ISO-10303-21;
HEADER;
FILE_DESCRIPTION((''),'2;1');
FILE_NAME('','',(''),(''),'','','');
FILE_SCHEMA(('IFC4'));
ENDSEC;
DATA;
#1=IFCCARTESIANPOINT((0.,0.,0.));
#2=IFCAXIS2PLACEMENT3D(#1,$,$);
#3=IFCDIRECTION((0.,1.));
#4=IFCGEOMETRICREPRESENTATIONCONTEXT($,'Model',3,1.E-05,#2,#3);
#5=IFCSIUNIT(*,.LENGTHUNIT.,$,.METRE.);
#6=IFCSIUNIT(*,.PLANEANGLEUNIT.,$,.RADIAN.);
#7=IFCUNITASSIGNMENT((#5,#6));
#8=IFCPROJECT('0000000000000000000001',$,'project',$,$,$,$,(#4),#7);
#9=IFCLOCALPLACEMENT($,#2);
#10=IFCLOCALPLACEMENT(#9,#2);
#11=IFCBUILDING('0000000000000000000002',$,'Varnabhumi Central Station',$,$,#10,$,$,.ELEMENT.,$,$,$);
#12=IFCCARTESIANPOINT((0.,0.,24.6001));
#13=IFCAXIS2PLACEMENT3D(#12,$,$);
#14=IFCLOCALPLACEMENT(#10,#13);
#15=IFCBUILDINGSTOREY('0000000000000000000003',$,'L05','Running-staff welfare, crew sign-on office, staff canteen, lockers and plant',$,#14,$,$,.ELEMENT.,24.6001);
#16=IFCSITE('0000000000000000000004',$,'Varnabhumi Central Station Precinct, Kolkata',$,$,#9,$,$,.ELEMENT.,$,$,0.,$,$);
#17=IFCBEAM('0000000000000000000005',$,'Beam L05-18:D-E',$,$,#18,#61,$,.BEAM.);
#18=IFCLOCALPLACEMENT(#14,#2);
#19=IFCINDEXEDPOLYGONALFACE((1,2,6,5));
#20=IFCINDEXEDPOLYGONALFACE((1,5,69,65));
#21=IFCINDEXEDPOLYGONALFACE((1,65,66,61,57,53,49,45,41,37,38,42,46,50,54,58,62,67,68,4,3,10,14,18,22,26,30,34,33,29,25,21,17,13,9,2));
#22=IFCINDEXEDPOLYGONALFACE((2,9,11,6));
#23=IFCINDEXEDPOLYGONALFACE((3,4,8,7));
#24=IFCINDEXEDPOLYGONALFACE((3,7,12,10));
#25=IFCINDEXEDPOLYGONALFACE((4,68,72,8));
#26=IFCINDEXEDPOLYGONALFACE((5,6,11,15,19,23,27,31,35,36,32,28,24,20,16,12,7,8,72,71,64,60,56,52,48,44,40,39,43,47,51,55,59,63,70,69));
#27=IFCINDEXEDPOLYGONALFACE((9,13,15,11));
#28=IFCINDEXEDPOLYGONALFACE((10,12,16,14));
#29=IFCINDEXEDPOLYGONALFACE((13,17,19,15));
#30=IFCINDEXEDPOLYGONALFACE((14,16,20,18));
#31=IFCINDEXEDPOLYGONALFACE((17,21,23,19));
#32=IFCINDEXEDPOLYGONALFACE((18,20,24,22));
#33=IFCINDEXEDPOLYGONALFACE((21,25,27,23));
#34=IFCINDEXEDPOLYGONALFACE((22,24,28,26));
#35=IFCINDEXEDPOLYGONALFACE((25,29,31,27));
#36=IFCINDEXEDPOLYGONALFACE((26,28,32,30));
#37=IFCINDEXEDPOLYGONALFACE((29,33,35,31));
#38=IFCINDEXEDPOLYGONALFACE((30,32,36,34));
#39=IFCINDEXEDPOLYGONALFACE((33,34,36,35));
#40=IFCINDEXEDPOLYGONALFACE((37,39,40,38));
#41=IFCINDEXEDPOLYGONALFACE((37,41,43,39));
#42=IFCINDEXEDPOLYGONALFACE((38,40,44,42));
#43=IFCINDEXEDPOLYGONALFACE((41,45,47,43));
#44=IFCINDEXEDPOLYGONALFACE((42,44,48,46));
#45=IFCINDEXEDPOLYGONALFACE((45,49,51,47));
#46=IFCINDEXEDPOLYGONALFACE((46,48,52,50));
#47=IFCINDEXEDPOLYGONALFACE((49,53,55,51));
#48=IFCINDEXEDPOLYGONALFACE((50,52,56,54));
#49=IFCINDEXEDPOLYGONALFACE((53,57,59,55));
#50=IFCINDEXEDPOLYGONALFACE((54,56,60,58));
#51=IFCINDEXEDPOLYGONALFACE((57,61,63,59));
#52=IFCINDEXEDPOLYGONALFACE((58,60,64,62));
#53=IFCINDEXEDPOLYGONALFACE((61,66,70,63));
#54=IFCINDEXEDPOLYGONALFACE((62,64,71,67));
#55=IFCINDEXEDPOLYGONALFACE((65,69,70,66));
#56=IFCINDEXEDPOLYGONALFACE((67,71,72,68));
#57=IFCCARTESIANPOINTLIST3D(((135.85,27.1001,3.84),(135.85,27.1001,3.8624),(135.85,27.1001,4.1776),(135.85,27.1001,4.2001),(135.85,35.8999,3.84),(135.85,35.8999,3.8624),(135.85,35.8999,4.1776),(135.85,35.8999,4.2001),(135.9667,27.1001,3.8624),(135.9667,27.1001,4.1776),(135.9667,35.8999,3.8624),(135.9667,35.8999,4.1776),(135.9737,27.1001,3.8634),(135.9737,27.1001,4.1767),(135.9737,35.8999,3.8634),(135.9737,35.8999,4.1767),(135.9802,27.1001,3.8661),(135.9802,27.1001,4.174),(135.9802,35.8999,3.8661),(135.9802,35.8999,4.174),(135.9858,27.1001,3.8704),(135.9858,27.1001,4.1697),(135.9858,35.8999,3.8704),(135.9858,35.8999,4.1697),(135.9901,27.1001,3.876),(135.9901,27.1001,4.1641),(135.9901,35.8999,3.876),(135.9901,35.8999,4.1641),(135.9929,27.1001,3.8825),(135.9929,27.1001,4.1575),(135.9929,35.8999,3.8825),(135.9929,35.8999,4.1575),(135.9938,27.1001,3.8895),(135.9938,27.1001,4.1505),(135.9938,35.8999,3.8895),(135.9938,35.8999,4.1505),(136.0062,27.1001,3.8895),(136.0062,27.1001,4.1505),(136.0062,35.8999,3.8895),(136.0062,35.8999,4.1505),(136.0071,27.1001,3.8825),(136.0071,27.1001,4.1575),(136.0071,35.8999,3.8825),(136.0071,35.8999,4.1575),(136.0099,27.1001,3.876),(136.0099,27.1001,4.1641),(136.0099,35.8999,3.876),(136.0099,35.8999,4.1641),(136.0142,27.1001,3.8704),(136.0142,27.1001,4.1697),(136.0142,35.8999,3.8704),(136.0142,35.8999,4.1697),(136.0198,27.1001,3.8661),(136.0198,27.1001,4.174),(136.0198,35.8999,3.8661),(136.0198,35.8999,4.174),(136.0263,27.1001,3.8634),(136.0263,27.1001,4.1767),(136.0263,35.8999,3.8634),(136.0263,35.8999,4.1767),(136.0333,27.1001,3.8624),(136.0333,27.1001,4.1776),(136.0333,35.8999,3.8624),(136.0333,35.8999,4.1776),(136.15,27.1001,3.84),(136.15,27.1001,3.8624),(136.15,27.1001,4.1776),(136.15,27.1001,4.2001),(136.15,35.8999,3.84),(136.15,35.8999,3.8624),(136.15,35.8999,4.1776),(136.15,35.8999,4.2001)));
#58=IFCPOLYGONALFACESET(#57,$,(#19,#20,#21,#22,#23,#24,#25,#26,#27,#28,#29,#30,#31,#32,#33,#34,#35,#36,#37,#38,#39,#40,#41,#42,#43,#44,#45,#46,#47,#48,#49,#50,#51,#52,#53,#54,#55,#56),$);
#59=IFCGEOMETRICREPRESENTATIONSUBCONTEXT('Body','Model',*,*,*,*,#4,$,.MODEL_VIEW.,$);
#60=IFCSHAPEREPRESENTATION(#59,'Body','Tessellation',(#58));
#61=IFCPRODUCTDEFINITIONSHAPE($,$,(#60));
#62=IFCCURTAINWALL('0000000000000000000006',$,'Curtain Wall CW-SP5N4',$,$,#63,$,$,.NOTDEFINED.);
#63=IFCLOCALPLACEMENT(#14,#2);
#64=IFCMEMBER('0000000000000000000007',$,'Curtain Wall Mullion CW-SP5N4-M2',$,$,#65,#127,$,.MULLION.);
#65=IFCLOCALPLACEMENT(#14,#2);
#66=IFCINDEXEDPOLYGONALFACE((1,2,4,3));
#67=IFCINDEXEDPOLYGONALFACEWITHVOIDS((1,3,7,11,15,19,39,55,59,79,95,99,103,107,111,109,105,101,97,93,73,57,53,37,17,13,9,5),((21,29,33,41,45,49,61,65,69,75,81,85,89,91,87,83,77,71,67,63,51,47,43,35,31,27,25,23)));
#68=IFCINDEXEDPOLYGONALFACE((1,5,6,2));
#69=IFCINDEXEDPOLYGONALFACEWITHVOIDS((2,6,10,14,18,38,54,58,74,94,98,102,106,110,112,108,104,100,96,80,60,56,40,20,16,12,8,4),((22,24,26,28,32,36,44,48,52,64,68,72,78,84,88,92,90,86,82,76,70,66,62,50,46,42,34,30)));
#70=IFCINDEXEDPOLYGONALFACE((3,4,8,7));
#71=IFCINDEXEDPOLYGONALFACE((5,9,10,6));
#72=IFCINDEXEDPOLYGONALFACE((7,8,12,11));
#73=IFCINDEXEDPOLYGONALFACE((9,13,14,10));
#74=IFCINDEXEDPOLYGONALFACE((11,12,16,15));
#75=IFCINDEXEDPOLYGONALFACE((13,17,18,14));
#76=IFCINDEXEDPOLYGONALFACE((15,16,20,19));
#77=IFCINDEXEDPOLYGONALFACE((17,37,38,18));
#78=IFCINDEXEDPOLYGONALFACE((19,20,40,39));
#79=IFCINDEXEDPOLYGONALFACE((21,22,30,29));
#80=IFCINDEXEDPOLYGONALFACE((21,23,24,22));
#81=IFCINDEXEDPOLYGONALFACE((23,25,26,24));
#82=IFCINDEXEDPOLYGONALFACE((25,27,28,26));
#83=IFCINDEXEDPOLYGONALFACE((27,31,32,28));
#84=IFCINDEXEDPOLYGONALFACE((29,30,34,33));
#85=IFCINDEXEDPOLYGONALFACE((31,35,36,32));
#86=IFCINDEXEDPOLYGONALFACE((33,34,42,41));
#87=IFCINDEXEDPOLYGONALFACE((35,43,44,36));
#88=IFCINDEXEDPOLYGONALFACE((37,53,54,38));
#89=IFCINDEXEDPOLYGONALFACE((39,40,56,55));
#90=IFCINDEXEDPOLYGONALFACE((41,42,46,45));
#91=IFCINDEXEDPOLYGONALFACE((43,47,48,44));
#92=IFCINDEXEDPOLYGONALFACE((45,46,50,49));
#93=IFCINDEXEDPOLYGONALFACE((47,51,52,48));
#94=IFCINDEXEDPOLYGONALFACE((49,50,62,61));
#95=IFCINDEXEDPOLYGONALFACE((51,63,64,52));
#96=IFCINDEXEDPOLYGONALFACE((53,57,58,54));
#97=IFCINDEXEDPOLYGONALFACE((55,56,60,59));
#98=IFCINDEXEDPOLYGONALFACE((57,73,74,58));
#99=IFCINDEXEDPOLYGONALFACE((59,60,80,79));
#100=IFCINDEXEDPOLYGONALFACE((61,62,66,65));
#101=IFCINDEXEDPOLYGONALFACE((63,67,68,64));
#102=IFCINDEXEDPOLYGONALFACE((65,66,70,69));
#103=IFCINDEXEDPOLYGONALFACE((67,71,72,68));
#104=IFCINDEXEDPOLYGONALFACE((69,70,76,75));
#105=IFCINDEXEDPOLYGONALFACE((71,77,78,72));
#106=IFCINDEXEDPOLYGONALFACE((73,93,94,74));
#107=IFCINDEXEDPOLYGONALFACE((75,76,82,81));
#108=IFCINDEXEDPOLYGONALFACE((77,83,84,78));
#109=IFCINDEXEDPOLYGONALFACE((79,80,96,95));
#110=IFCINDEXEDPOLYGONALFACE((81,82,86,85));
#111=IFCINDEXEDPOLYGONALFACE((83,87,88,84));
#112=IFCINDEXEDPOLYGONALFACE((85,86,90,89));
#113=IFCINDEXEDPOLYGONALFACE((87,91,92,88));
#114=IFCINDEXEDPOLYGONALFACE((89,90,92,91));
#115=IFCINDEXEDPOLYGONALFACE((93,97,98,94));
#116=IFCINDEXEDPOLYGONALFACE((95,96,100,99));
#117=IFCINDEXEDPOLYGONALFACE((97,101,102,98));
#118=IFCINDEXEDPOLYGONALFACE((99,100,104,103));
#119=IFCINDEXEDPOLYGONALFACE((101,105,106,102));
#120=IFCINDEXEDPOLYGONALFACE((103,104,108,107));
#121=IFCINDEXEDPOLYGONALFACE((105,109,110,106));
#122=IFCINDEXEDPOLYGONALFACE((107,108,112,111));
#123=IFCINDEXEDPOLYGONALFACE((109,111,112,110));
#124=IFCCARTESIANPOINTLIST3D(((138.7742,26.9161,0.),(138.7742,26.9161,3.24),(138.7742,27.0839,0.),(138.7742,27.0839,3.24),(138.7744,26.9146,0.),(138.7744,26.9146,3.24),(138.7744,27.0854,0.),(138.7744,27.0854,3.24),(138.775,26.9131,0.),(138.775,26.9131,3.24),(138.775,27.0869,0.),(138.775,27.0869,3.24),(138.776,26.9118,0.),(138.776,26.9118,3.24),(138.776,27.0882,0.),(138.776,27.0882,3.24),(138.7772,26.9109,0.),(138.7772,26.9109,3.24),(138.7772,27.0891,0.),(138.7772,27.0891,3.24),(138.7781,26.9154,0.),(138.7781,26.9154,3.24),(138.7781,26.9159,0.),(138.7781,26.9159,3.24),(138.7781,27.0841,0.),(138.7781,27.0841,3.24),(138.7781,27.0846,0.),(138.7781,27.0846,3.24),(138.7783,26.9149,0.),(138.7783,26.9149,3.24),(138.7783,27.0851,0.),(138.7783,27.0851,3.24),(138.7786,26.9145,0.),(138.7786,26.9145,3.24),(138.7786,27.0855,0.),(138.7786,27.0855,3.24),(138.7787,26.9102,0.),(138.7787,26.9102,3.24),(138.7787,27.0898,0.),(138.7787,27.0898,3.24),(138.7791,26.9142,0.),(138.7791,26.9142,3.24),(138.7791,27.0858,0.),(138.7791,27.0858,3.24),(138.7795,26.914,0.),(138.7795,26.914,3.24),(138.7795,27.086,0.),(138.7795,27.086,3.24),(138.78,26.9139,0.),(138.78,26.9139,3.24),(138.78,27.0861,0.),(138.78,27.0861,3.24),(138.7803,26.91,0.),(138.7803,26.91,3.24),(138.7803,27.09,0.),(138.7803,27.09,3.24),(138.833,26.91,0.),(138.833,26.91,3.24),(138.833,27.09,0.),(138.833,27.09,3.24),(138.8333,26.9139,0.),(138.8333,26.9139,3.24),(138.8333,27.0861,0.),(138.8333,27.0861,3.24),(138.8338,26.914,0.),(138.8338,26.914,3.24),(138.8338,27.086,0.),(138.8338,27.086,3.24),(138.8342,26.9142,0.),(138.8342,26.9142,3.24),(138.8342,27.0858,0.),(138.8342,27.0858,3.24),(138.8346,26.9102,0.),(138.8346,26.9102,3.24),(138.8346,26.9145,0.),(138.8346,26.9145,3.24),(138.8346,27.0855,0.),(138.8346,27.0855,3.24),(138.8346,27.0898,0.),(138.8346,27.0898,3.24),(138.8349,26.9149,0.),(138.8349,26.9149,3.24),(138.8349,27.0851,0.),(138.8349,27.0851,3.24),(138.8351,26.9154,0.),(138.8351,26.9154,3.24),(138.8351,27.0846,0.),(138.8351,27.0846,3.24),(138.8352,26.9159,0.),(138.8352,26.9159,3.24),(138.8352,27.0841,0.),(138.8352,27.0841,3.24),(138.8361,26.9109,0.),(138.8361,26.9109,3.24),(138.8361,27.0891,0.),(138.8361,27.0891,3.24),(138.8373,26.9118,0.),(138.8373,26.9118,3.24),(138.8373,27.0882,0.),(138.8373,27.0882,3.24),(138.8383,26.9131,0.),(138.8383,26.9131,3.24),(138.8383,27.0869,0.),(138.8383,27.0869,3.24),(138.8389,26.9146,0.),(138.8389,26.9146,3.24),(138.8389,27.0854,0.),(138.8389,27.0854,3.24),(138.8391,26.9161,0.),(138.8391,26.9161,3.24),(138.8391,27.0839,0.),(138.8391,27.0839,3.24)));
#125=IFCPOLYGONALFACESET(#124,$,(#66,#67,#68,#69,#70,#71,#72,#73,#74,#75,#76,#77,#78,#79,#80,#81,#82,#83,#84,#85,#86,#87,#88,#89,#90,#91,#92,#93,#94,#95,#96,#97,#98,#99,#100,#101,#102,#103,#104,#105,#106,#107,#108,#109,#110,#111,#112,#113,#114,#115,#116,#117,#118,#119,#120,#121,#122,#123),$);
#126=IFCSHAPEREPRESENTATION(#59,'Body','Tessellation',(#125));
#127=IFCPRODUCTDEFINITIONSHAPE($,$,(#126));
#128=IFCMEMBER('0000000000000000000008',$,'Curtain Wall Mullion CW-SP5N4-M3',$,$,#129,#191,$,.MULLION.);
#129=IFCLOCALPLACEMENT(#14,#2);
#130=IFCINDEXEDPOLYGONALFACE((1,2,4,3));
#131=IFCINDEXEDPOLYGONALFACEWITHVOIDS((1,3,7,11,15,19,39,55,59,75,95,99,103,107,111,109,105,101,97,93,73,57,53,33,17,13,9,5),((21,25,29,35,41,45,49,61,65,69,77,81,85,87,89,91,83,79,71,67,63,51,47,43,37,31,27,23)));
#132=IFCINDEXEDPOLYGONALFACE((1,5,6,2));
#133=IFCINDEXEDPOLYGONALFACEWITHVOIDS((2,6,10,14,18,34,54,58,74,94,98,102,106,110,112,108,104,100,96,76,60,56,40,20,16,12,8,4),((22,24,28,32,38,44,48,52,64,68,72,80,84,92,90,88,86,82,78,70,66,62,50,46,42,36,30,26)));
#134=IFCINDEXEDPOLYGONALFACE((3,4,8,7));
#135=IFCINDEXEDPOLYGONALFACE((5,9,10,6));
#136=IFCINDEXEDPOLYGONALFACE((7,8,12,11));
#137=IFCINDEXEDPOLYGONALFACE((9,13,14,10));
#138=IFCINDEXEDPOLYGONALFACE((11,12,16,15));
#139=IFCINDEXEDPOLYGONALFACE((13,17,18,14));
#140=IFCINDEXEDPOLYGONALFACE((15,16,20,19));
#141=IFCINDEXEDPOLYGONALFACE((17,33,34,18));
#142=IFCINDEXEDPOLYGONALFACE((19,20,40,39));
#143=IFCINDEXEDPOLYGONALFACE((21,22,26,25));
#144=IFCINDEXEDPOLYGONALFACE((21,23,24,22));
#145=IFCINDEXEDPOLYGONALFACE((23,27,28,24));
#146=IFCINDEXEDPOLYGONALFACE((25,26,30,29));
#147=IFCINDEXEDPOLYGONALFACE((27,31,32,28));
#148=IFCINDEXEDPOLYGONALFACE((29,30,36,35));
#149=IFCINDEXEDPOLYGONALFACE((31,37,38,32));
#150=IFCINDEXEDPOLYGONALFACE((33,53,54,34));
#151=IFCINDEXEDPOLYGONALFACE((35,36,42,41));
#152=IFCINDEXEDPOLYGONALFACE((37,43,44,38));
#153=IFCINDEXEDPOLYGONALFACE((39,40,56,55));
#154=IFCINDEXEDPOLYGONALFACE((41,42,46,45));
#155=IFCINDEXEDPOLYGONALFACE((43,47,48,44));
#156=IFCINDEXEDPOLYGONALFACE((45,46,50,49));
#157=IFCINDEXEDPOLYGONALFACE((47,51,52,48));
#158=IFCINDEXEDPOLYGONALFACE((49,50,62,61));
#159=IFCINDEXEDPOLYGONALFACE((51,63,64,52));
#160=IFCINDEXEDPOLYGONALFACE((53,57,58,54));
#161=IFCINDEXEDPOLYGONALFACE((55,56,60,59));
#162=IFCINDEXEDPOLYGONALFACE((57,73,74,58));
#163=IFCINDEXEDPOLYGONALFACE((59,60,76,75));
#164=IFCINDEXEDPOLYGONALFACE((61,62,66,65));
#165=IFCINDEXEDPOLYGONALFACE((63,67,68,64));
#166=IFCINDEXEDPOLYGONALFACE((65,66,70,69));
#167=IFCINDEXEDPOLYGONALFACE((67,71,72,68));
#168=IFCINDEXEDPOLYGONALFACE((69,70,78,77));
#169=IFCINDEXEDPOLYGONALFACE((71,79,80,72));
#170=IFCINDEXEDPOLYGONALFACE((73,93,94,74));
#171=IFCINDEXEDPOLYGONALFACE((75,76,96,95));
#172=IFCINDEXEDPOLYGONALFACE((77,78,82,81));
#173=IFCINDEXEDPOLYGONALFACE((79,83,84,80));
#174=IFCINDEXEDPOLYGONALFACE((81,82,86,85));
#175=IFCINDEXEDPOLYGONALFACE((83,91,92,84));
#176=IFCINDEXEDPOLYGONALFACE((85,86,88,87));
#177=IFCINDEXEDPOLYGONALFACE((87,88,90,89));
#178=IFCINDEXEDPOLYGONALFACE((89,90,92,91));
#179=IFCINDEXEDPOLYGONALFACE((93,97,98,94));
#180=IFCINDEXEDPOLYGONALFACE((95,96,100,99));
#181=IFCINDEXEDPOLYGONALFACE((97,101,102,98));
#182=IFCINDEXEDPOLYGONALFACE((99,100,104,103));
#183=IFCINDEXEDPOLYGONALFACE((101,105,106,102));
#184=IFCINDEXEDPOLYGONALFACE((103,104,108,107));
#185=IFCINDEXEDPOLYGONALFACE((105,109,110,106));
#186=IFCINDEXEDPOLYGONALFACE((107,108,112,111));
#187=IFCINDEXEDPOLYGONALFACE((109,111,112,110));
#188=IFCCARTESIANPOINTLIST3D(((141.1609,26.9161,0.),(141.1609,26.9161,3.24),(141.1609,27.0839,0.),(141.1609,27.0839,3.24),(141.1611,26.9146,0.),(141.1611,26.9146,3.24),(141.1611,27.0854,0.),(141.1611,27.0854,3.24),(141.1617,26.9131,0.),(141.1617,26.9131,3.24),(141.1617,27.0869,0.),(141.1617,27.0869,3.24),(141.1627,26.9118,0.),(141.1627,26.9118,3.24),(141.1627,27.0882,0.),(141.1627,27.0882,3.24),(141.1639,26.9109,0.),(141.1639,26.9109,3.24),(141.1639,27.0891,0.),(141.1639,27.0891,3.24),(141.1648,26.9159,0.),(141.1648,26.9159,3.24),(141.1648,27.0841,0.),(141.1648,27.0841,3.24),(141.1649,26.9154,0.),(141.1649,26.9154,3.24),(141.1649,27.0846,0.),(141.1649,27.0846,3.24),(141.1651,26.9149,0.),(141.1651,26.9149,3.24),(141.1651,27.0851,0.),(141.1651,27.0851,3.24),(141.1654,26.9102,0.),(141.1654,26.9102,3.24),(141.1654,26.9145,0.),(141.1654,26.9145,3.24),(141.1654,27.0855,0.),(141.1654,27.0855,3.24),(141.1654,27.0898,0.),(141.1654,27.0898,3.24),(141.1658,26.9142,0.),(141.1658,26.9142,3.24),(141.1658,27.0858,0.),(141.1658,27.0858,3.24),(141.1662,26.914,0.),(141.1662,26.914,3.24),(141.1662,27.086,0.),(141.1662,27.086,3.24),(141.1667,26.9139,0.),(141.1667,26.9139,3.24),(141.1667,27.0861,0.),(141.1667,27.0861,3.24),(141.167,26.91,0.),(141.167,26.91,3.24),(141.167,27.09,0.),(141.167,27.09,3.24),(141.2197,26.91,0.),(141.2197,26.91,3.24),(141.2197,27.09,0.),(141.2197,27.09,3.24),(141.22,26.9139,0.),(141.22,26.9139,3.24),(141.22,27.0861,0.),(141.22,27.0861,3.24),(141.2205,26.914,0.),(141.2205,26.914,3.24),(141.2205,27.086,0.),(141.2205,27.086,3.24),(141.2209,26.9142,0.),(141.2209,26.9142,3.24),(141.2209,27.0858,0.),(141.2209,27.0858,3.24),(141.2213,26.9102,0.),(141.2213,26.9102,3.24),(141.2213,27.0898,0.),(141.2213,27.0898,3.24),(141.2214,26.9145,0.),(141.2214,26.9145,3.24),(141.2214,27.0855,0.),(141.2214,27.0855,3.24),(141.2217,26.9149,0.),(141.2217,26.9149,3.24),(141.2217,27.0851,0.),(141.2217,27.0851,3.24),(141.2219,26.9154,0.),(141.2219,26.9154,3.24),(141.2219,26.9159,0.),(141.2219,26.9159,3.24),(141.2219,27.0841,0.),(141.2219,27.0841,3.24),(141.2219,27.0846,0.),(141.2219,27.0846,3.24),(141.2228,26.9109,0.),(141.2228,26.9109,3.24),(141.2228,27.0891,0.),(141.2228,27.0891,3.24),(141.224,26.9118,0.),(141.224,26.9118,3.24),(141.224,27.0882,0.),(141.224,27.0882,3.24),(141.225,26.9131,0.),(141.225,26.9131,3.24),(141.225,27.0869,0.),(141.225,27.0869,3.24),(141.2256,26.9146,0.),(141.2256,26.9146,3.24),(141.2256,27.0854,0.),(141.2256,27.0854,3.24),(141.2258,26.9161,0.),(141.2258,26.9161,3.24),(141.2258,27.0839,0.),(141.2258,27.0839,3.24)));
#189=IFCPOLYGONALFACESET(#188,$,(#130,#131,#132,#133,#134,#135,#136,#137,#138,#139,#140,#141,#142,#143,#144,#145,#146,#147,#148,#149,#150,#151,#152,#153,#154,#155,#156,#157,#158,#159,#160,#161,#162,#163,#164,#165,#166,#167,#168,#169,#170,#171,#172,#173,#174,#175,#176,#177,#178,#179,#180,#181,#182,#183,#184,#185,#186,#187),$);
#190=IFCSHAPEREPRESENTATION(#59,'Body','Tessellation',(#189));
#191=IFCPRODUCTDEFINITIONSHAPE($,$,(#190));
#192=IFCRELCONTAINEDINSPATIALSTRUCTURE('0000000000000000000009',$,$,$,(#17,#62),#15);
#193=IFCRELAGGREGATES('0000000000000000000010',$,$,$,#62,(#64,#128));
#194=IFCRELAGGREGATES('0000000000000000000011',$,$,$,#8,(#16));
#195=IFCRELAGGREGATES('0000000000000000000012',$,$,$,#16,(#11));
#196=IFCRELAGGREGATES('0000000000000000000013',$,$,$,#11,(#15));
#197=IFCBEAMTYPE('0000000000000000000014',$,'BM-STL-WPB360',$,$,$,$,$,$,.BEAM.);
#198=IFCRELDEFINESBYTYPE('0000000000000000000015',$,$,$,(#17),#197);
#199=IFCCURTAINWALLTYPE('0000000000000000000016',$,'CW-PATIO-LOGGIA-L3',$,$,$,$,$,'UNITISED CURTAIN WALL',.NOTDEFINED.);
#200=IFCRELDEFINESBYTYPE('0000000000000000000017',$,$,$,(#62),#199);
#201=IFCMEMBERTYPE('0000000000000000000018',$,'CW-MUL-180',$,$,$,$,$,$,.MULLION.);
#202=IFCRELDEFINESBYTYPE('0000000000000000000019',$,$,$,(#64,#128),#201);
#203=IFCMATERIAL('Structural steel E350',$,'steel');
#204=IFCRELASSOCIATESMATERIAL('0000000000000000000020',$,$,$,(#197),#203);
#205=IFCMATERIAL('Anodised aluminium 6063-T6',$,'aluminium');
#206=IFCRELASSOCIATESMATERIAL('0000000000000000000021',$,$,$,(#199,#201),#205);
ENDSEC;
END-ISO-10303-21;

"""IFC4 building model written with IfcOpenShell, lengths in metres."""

from ifc_helpers import new_model, si_unit, direction, frame, origin, origin_2d, place, context, subcontext, project, spatial, hollow_rectangle, i_section, extrude, material, material_profile, profile_set, type_object, element, aggregate, save


model = new_model("IFC4")

# Units and contexts
model_context = context("Model", 3, precision=1e-05, world=origin(), true_north=direction((0.0, 1.0)))
body_context = subcontext(model_context, "Body", "Model", "MODEL_VIEW")
ifc_project = project(units=[si_unit("LENGTHUNIT", "METRE"), si_unit("PLANEANGLEUNIT", "RADIAN")], contexts=[model_context])

# Site, building, storey
site_placement = place(None, origin())
site = spatial("IfcSite", under=ifc_project, at=site_placement, Name="Varnabhumi Central Station Precinct, Kolkata", CompositionType="ELEMENT", RefElevation=0.0)
building_placement = place(site_placement, origin())
building = spatial("IfcBuilding", under=site, at=building_placement, Name="Varnabhumi Central Station", CompositionType="ELEMENT")
storey_placement = place(building_placement, frame((0.0, 0.0, 24.6001)))
storey = spatial("IfcBuildingStorey", under=building, at=storey_placement, Name="L05", Description="Running-staff welfare, crew sign-on office, staff canteen, lockers and plant", CompositionType="ELEMENT", Elevation=24.6001)

# Beam
ifc_material_1 = material(Name="Structural steel E350", Category="steel")
ifc_material_profile_1 = material_profile(ifc_material_1, i_section(OverallWidth=0.3, OverallDepth=0.3601, WebThickness=0.0125, FlangeThickness=0.0225, FilletRadius=0.0271, at=origin_2d()), Name="Structural steel E350", Category="steel")
ifc_profile_set_1 = profile_set([ifc_material_profile_1], Name="Structural steel E350")
beam_type_1 = type_object("IfcBeamType", Name="BM-STL-WPB360", PredefinedType="BEAM", material=ifc_profile_set_1)
beam_1_placement = place(storey_placement, frame((136.0, 27.1001, 4.02), z_axis=(0.0, 1.0, 0.0), x_axis=(-1.0, 0.0, 0.0)))
element("IfcBeam", 1, at=beam_1_placement, inside=storey, type_object=beam_type_1, Name="Beam L05-18:D-E", PredefinedType="BEAM", context=body_context, shape_type="SweptSolid", body=[
    extrude(i_section(OverallWidth=0.3, OverallDepth=0.3601, WebThickness=0.0125, FlangeThickness=0.0225, FilletRadius=0.0271, at=origin_2d()), origin(), (0.0, 0.0, 1.0), 8.7998),
])

# Curtain wall, members
ifc_material_2 = material(Name="Anodised aluminium 6063-T6", Category="aluminium")
curtain_wall_type = type_object("IfcCurtainWallType", Name="CW-PATIO-LOGGIA-L3", ElementType="UNITISED CURTAIN WALL", PredefinedType="NOTDEFINED", material=ifc_material_2)
curtain_wall_placement = place(storey_placement, origin())
curtain_wall = element("IfcCurtainWall", 2, at=curtain_wall_placement, inside=storey, type_object=curtain_wall_type, Name="Curtain Wall CW-SP5N4", PredefinedType="NOTDEFINED")
ifc_material_profile_2 = material_profile(ifc_material_2, hollow_rectangle(XDim=0.0649, YDim=0.1799, WallThickness=0.0039, InnerFilletRadius=0.002, OuterFilletRadius=0.0061, at=origin_2d()), Name="Anodised aluminium 6063-T6", Category="aluminium")
ifc_profile_set_2 = profile_set([ifc_material_profile_2], Name="Anodised aluminium 6063-T6")
member_type_1 = type_object("IfcMemberType", Name="CW-MUL-180", PredefinedType="MULLION", material=ifc_profile_set_2)
member_1_placement = place(storey_placement, frame((138.8066, 27.0, 0.0), z_axis=(0.0, 0.0, 1.0), x_axis=(1.0, 0.0, 0.0)))
member_1 = element("IfcMember", 3, at=member_1_placement, type_object=member_type_1, Name="Curtain Wall Mullion CW-SP5N4-M2", PredefinedType="MULLION", context=body_context, shape_type="SweptSolid", body=[
    extrude(hollow_rectangle(XDim=0.0649, YDim=0.1799, WallThickness=0.0039, InnerFilletRadius=0.002, OuterFilletRadius=0.0061, at=origin_2d()), origin(), (0.0, 0.0, 1.0), 3.24),
])
member_2_placement = place(storey_placement, frame((141.1934, 27.0, 0.0), z_axis=(0.0, 0.0, 1.0), x_axis=(1.0, 0.0, 0.0)))
member_2 = element("IfcMember", 4, at=member_2_placement, type_object=member_type_1, Name="Curtain Wall Mullion CW-SP5N4-M3", PredefinedType="MULLION", context=body_context, shape_type="SweptSolid", body=[
    extrude(hollow_rectangle(XDim=0.0649, YDim=0.1799, WallThickness=0.0039, InnerFilletRadius=0.002, OuterFilletRadius=0.0061, at=origin_2d()), origin(), (0.0, 0.0, 1.0), 3.24),
])

aggregate(curtain_wall, [member_1, member_2])

save(model, "model.ifc")
